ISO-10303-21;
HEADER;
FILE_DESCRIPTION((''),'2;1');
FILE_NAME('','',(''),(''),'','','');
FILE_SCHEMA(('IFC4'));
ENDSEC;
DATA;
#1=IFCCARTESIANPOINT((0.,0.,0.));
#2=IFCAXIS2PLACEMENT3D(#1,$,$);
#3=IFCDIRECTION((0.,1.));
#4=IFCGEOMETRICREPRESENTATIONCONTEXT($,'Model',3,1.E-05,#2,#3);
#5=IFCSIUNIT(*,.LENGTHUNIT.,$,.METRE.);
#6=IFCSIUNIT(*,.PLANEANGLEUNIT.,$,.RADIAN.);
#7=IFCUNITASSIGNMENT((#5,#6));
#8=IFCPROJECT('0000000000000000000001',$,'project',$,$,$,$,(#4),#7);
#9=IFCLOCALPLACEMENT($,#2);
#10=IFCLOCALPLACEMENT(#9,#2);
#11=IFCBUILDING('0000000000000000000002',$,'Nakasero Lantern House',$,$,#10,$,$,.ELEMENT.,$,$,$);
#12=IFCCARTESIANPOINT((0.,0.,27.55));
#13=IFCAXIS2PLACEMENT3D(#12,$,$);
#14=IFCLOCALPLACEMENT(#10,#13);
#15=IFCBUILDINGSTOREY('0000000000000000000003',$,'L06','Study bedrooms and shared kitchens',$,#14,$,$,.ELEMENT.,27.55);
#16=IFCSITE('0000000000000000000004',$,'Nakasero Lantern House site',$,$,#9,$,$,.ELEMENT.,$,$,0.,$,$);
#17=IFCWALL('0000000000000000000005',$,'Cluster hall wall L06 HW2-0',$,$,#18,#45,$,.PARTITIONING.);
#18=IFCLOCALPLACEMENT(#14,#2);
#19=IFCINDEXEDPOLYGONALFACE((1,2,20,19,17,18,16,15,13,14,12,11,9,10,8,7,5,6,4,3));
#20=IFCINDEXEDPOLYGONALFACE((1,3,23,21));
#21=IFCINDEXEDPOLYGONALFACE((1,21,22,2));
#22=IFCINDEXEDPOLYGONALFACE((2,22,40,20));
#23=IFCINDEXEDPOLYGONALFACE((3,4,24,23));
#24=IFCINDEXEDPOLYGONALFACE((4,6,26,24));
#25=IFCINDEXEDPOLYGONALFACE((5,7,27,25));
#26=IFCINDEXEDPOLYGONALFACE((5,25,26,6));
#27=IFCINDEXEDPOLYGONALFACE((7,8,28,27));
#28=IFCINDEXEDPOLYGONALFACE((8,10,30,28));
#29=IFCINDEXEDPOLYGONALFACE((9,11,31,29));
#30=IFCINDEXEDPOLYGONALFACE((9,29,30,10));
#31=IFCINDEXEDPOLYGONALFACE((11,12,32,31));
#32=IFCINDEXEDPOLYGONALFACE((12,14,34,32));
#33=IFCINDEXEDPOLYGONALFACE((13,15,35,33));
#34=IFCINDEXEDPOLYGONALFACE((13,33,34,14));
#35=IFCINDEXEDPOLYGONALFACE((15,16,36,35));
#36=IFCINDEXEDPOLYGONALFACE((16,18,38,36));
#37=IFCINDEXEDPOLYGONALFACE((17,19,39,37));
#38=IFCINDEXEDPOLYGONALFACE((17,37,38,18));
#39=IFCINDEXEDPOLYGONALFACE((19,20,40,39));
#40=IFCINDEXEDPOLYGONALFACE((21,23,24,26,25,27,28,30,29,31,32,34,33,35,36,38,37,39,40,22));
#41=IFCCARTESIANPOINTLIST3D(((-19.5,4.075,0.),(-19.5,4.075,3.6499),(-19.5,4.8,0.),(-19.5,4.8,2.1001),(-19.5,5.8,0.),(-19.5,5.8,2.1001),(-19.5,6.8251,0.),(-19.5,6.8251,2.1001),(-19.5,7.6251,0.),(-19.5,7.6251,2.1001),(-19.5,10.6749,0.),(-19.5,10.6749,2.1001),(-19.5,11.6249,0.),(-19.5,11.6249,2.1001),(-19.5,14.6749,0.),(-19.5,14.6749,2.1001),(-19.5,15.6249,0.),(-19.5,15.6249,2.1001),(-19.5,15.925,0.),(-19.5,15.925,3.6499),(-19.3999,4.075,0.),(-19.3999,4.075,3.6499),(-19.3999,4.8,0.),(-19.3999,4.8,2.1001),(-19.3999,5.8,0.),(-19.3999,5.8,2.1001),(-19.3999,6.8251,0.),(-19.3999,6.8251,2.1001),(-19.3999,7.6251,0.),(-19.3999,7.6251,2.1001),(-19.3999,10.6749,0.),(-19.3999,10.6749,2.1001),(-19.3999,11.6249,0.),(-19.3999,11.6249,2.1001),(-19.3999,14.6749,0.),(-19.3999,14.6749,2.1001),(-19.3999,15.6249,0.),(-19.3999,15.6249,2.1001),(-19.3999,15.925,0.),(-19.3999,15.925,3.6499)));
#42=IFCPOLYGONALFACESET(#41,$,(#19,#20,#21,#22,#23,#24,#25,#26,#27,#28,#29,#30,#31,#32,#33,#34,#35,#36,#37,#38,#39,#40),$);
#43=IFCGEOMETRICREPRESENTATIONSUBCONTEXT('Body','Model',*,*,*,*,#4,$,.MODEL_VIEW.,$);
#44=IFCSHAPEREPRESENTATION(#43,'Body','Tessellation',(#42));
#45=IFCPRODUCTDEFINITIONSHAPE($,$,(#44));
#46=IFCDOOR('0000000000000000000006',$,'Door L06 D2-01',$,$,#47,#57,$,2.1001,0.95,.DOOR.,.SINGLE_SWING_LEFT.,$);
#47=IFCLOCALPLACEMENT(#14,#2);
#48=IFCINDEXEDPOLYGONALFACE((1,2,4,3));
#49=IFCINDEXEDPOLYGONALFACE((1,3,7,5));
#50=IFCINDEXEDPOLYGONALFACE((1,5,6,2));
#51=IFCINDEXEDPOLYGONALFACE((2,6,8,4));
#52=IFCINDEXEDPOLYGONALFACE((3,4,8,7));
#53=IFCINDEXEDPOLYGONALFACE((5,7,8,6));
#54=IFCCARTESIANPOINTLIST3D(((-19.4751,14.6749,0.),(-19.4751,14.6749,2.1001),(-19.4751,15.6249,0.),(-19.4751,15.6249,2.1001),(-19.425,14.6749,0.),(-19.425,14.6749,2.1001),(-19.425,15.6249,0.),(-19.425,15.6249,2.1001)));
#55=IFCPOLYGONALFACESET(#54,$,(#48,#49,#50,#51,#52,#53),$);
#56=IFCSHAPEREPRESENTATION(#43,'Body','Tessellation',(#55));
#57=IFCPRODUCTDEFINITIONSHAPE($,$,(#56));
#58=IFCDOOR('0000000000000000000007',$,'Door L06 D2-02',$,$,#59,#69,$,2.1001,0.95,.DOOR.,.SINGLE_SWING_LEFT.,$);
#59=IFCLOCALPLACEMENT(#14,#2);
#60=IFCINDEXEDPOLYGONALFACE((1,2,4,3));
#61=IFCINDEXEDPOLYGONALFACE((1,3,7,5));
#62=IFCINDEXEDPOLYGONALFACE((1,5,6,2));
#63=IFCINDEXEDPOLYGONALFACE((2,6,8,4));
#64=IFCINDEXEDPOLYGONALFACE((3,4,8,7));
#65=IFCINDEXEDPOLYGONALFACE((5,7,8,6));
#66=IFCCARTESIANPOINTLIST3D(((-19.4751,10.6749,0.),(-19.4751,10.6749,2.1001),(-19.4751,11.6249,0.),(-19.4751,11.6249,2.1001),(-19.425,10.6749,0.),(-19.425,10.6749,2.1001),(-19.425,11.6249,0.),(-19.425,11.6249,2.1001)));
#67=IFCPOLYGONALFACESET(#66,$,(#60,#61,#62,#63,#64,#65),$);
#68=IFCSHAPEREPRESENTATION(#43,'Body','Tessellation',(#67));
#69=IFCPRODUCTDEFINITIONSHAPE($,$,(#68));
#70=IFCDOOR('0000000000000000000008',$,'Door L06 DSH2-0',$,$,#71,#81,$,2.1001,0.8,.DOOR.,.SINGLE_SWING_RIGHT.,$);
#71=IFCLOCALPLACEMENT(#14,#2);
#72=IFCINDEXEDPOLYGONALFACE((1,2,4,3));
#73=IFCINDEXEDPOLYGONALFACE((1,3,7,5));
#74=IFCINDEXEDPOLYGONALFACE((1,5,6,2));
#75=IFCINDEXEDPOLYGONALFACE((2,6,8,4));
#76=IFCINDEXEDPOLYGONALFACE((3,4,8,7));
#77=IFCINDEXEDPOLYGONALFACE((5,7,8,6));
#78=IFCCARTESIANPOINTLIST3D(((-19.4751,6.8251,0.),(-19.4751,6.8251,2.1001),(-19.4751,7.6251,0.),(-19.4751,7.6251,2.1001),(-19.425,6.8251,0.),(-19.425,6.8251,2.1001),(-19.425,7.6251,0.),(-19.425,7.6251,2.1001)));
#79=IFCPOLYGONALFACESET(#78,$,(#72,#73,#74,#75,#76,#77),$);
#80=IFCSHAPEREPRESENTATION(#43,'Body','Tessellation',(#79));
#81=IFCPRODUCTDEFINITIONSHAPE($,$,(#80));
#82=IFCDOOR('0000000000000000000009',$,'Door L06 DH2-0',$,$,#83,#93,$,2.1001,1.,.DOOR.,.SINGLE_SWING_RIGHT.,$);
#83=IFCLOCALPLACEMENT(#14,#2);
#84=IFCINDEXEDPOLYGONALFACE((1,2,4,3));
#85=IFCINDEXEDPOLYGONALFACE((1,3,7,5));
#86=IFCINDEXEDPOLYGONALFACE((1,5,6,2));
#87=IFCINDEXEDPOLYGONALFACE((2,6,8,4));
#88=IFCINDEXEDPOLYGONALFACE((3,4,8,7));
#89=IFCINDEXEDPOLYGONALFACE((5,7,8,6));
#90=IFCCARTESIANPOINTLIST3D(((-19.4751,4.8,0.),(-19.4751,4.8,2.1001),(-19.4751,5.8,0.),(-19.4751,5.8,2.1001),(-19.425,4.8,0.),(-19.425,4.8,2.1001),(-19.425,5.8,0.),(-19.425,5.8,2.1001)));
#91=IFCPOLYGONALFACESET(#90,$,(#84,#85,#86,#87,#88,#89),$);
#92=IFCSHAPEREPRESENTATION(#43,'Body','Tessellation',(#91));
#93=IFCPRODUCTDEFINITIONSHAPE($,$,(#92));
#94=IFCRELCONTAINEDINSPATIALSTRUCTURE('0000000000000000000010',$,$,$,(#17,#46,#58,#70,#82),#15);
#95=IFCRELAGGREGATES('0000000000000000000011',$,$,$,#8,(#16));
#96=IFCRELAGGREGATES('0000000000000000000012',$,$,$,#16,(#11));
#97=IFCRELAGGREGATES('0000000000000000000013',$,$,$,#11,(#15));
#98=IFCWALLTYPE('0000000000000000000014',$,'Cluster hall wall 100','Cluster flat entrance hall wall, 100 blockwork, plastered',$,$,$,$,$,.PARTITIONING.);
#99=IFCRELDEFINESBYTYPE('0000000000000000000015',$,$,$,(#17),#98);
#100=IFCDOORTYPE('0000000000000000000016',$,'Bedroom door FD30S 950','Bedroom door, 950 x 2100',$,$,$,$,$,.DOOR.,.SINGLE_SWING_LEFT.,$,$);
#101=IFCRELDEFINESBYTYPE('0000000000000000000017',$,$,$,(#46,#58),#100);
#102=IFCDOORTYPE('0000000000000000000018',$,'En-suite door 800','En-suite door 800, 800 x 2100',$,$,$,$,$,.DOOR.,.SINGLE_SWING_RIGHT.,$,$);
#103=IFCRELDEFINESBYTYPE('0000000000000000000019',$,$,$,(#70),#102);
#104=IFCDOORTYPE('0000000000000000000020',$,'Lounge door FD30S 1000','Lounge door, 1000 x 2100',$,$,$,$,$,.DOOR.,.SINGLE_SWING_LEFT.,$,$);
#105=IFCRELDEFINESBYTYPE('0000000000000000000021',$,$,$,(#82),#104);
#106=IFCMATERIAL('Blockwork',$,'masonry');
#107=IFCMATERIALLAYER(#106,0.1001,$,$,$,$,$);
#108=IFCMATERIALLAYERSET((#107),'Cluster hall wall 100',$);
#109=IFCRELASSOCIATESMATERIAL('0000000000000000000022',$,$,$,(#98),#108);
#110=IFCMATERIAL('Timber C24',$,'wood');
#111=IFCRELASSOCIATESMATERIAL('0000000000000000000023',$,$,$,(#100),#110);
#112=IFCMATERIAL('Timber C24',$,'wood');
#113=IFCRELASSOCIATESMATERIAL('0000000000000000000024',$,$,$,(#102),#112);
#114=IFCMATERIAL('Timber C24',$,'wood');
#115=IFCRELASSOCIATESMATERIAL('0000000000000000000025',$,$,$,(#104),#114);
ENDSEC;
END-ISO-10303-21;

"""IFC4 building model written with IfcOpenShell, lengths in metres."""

from ifc_helpers import new_model, si_unit, direction, frame, frame_2d, origin, place, context, subcontext, project, spatial, rectangle, extrude, material, layer, layer_set, type_object, element, fill, save


model = new_model("IFC4")

# Units and contexts
model_context = context("Model", 3, precision=1e-05, world=origin(), true_north=direction((0.0, 1.0)))
body_context = subcontext(model_context, "Body", "Model", "MODEL_VIEW")
ifc_project = project(units=[si_unit("LENGTHUNIT", "METRE"), si_unit("PLANEANGLEUNIT", "RADIAN")], contexts=[model_context])

# Site, building, storey
site_placement = place(None, origin())
site = spatial("IfcSite", under=ifc_project, at=site_placement, Name="Nakasero Lantern House site", CompositionType="ELEMENT", RefElevation=0.0)
building_placement = place(site_placement, origin())
building = spatial("IfcBuilding", under=site, at=building_placement, Name="Nakasero Lantern House", CompositionType="ELEMENT")
storey_placement = place(building_placement, frame((0.0, 0.0, 27.55)))
storey = spatial("IfcBuildingStorey", under=building, at=storey_placement, Name="L06", Description="Study bedrooms and shared kitchens", CompositionType="ELEMENT", Elevation=27.55)

# Wall, openings, doors
ifc_material_1 = material(Name="Blockwork", Category="masonry")
ifc_layer_1 = layer(ifc_material_1, 0.1001)
ifc_layer_set_1 = layer_set([ifc_layer_1], Name="Cluster hall wall 100")
wall_type_1 = type_object("IfcWallType", Name="Cluster hall wall 100", Description="Cluster flat entrance hall wall, 100 blockwork, plastered", PredefinedType="PARTITIONING", material=ifc_layer_set_1)
wall_1_placement = place(storey_placement, frame((-19.45, 15.925, 0.0), z_axis=(0.0, 0.0, 1.0), x_axis=(0.0, -1.0, 0.0)))
wall_1 = element("IfcWall", 1, at=wall_1_placement, inside=storey, type_object=wall_type_1, Name="Cluster hall wall L06 HW2-0", PredefinedType="PARTITIONING", context=body_context, shape_type="SweptSolid", body=[
    extrude(rectangle(XDim=11.8501, YDim=0.1001, at=frame_2d((5.925, 0.0))), origin(), (0.0, 0.0, 1.0), 3.6499),
])
opening_1_placement = place(wall_1_placement, frame((10.125, 0.0, 0.0)))
opening_1 = element("IfcOpeningElement", 2, at=opening_1_placement, cuts=wall_1, PredefinedType="OPENING", context=body_context, shape_type="SweptSolid", body=[
    extrude(rectangle(XDim=1.0, YDim=2.1001, at=frame_2d((0.5, 1.05))), frame((0.0, 0.0701, 0.0), z_axis=(0.0, -1.0, 0.0), x_axis=(1.0, 0.0, 0.0)), (0.0, 0.0, 1.0), 0.1401),
])
opening_2_placement = place(wall_1_placement, frame((8.3, 0.0, 0.0)))
opening_2 = element("IfcOpeningElement", 3, at=opening_2_placement, cuts=wall_1, PredefinedType="OPENING", context=body_context, shape_type="SweptSolid", body=[
    extrude(rectangle(XDim=0.8, YDim=2.1001, at=frame_2d((0.3999, 1.05))), frame((0.0, 0.0701, 0.0), z_axis=(0.0, -1.0, 0.0), x_axis=(1.0, 0.0, 0.0)), (0.0, 0.0, 1.0), 0.1401),
])
opening_3_placement = place(wall_1_placement, frame((0.3, 0.0, 0.0)))
opening_3 = element("IfcOpeningElement", 4, at=opening_3_placement, cuts=wall_1, PredefinedType="OPENING", context=body_context, shape_type="SweptSolid", body=[
    extrude(rectangle(XDim=0.95, YDim=2.1001, at=frame_2d((0.4751, 1.05))), frame((0.0, 0.0701, 0.0), z_axis=(0.0, -1.0, 0.0), x_axis=(1.0, 0.0, 0.0)), (0.0, 0.0, 1.0), 0.1401),
])
opening_4_placement = place(wall_1_placement, frame((4.3, 0.0, 0.0)))
opening_4 = element("IfcOpeningElement", 5, at=opening_4_placement, cuts=wall_1, PredefinedType="OPENING", context=body_context, shape_type="SweptSolid", body=[
    extrude(rectangle(XDim=0.95, YDim=2.1001, at=frame_2d((0.4751, 1.05))), frame((0.0, 0.0701, 0.0), z_axis=(0.0, -1.0, 0.0), x_axis=(1.0, 0.0, 0.0)), (0.0, 0.0, 1.0), 0.1401),
])
ifc_material_2 = material(Name="Timber C24", Category="wood")
door_type_1 = type_object("IfcDoorType", Name="Bedroom door FD30S 950", Description="Bedroom door, 950 x 2100", OperationType="SINGLE_SWING_LEFT", PredefinedType="DOOR", material=ifc_material_2)
door_1_placement = place(opening_3_placement, origin())
door_1 = element("IfcDoor", 6, at=door_1_placement, inside=storey, type_object=door_type_1, Name="Door L06 D2-01", OperationType="SINGLE_SWING_LEFT", OverallHeight=2.1001, OverallWidth=0.95, PredefinedType="DOOR", context=body_context, shape_type="SweptSolid", body=[
    extrude(rectangle(XDim=0.95, YDim=2.1001, at=frame_2d((0.4751, 1.05))), frame((0.0, 0.0249, 0.0), z_axis=(0.0, -1.0, 0.0), x_axis=(1.0, 0.0, 0.0)), (0.0, 0.0, 1.0), 0.05),
])
fill(opening_3, door_1)
door_2_placement = place(opening_4_placement, origin())
door_2 = element("IfcDoor", 7, at=door_2_placement, inside=storey, type_object=door_type_1, Name="Door L06 D2-02", OperationType="SINGLE_SWING_LEFT", OverallHeight=2.1001, OverallWidth=0.95, PredefinedType="DOOR", context=body_context, shape_type="SweptSolid", body=[
    extrude(rectangle(XDim=0.95, YDim=2.1001, at=frame_2d((0.4751, 1.05))), frame((0.0, 0.0249, 0.0), z_axis=(0.0, -1.0, 0.0), x_axis=(1.0, 0.0, 0.0)), (0.0, 0.0, 1.0), 0.05),
])
fill(opening_4, door_2)
ifc_material_3 = material(Name="Timber C24", Category="wood")
door_type_2 = type_object("IfcDoorType", Name="En-suite door 800", Description="En-suite door 800, 800 x 2100", OperationType="SINGLE_SWING_RIGHT", PredefinedType="DOOR", material=ifc_material_3)
door_3_placement = place(opening_2_placement, origin())
door_3 = element("IfcDoor", 8, at=door_3_placement, inside=storey, type_object=door_type_2, Name="Door L06 DSH2-0", OperationType="SINGLE_SWING_RIGHT", OverallHeight=2.1001, OverallWidth=0.8, PredefinedType="DOOR", context=body_context, shape_type="SweptSolid", body=[
    extrude(rectangle(XDim=0.8, YDim=2.1001, at=frame_2d((0.3999, 1.05))), frame((0.0, 0.0249, 0.0), z_axis=(0.0, -1.0, 0.0), x_axis=(1.0, 0.0, 0.0)), (0.0, 0.0, 1.0), 0.05),
])
fill(opening_2, door_3)
ifc_material_4 = material(Name="Timber C24", Category="wood")
door_type_3 = type_object("IfcDoorType", Name="Lounge door FD30S 1000", Description="Lounge door, 1000 x 2100", OperationType="SINGLE_SWING_LEFT", PredefinedType="DOOR", material=ifc_material_4)
door_4_placement = place(opening_1_placement, origin())
door_4 = element("IfcDoor", 9, at=door_4_placement, inside=storey, type_object=door_type_3, Name="Door L06 DH2-0", OperationType="SINGLE_SWING_RIGHT", OverallHeight=2.1001, OverallWidth=1.0, PredefinedType="DOOR", context=body_context, shape_type="SweptSolid", body=[
    extrude(rectangle(XDim=1.0, YDim=2.1001, at=frame_2d((0.5, 1.05))), frame((0.0, 0.0249, 0.0), z_axis=(0.0, -1.0, 0.0), x_axis=(1.0, 0.0, 0.0)), (0.0, 0.0, 1.0), 0.05),
])
fill(opening_1, door_4)

save(model, "model.ifc")
